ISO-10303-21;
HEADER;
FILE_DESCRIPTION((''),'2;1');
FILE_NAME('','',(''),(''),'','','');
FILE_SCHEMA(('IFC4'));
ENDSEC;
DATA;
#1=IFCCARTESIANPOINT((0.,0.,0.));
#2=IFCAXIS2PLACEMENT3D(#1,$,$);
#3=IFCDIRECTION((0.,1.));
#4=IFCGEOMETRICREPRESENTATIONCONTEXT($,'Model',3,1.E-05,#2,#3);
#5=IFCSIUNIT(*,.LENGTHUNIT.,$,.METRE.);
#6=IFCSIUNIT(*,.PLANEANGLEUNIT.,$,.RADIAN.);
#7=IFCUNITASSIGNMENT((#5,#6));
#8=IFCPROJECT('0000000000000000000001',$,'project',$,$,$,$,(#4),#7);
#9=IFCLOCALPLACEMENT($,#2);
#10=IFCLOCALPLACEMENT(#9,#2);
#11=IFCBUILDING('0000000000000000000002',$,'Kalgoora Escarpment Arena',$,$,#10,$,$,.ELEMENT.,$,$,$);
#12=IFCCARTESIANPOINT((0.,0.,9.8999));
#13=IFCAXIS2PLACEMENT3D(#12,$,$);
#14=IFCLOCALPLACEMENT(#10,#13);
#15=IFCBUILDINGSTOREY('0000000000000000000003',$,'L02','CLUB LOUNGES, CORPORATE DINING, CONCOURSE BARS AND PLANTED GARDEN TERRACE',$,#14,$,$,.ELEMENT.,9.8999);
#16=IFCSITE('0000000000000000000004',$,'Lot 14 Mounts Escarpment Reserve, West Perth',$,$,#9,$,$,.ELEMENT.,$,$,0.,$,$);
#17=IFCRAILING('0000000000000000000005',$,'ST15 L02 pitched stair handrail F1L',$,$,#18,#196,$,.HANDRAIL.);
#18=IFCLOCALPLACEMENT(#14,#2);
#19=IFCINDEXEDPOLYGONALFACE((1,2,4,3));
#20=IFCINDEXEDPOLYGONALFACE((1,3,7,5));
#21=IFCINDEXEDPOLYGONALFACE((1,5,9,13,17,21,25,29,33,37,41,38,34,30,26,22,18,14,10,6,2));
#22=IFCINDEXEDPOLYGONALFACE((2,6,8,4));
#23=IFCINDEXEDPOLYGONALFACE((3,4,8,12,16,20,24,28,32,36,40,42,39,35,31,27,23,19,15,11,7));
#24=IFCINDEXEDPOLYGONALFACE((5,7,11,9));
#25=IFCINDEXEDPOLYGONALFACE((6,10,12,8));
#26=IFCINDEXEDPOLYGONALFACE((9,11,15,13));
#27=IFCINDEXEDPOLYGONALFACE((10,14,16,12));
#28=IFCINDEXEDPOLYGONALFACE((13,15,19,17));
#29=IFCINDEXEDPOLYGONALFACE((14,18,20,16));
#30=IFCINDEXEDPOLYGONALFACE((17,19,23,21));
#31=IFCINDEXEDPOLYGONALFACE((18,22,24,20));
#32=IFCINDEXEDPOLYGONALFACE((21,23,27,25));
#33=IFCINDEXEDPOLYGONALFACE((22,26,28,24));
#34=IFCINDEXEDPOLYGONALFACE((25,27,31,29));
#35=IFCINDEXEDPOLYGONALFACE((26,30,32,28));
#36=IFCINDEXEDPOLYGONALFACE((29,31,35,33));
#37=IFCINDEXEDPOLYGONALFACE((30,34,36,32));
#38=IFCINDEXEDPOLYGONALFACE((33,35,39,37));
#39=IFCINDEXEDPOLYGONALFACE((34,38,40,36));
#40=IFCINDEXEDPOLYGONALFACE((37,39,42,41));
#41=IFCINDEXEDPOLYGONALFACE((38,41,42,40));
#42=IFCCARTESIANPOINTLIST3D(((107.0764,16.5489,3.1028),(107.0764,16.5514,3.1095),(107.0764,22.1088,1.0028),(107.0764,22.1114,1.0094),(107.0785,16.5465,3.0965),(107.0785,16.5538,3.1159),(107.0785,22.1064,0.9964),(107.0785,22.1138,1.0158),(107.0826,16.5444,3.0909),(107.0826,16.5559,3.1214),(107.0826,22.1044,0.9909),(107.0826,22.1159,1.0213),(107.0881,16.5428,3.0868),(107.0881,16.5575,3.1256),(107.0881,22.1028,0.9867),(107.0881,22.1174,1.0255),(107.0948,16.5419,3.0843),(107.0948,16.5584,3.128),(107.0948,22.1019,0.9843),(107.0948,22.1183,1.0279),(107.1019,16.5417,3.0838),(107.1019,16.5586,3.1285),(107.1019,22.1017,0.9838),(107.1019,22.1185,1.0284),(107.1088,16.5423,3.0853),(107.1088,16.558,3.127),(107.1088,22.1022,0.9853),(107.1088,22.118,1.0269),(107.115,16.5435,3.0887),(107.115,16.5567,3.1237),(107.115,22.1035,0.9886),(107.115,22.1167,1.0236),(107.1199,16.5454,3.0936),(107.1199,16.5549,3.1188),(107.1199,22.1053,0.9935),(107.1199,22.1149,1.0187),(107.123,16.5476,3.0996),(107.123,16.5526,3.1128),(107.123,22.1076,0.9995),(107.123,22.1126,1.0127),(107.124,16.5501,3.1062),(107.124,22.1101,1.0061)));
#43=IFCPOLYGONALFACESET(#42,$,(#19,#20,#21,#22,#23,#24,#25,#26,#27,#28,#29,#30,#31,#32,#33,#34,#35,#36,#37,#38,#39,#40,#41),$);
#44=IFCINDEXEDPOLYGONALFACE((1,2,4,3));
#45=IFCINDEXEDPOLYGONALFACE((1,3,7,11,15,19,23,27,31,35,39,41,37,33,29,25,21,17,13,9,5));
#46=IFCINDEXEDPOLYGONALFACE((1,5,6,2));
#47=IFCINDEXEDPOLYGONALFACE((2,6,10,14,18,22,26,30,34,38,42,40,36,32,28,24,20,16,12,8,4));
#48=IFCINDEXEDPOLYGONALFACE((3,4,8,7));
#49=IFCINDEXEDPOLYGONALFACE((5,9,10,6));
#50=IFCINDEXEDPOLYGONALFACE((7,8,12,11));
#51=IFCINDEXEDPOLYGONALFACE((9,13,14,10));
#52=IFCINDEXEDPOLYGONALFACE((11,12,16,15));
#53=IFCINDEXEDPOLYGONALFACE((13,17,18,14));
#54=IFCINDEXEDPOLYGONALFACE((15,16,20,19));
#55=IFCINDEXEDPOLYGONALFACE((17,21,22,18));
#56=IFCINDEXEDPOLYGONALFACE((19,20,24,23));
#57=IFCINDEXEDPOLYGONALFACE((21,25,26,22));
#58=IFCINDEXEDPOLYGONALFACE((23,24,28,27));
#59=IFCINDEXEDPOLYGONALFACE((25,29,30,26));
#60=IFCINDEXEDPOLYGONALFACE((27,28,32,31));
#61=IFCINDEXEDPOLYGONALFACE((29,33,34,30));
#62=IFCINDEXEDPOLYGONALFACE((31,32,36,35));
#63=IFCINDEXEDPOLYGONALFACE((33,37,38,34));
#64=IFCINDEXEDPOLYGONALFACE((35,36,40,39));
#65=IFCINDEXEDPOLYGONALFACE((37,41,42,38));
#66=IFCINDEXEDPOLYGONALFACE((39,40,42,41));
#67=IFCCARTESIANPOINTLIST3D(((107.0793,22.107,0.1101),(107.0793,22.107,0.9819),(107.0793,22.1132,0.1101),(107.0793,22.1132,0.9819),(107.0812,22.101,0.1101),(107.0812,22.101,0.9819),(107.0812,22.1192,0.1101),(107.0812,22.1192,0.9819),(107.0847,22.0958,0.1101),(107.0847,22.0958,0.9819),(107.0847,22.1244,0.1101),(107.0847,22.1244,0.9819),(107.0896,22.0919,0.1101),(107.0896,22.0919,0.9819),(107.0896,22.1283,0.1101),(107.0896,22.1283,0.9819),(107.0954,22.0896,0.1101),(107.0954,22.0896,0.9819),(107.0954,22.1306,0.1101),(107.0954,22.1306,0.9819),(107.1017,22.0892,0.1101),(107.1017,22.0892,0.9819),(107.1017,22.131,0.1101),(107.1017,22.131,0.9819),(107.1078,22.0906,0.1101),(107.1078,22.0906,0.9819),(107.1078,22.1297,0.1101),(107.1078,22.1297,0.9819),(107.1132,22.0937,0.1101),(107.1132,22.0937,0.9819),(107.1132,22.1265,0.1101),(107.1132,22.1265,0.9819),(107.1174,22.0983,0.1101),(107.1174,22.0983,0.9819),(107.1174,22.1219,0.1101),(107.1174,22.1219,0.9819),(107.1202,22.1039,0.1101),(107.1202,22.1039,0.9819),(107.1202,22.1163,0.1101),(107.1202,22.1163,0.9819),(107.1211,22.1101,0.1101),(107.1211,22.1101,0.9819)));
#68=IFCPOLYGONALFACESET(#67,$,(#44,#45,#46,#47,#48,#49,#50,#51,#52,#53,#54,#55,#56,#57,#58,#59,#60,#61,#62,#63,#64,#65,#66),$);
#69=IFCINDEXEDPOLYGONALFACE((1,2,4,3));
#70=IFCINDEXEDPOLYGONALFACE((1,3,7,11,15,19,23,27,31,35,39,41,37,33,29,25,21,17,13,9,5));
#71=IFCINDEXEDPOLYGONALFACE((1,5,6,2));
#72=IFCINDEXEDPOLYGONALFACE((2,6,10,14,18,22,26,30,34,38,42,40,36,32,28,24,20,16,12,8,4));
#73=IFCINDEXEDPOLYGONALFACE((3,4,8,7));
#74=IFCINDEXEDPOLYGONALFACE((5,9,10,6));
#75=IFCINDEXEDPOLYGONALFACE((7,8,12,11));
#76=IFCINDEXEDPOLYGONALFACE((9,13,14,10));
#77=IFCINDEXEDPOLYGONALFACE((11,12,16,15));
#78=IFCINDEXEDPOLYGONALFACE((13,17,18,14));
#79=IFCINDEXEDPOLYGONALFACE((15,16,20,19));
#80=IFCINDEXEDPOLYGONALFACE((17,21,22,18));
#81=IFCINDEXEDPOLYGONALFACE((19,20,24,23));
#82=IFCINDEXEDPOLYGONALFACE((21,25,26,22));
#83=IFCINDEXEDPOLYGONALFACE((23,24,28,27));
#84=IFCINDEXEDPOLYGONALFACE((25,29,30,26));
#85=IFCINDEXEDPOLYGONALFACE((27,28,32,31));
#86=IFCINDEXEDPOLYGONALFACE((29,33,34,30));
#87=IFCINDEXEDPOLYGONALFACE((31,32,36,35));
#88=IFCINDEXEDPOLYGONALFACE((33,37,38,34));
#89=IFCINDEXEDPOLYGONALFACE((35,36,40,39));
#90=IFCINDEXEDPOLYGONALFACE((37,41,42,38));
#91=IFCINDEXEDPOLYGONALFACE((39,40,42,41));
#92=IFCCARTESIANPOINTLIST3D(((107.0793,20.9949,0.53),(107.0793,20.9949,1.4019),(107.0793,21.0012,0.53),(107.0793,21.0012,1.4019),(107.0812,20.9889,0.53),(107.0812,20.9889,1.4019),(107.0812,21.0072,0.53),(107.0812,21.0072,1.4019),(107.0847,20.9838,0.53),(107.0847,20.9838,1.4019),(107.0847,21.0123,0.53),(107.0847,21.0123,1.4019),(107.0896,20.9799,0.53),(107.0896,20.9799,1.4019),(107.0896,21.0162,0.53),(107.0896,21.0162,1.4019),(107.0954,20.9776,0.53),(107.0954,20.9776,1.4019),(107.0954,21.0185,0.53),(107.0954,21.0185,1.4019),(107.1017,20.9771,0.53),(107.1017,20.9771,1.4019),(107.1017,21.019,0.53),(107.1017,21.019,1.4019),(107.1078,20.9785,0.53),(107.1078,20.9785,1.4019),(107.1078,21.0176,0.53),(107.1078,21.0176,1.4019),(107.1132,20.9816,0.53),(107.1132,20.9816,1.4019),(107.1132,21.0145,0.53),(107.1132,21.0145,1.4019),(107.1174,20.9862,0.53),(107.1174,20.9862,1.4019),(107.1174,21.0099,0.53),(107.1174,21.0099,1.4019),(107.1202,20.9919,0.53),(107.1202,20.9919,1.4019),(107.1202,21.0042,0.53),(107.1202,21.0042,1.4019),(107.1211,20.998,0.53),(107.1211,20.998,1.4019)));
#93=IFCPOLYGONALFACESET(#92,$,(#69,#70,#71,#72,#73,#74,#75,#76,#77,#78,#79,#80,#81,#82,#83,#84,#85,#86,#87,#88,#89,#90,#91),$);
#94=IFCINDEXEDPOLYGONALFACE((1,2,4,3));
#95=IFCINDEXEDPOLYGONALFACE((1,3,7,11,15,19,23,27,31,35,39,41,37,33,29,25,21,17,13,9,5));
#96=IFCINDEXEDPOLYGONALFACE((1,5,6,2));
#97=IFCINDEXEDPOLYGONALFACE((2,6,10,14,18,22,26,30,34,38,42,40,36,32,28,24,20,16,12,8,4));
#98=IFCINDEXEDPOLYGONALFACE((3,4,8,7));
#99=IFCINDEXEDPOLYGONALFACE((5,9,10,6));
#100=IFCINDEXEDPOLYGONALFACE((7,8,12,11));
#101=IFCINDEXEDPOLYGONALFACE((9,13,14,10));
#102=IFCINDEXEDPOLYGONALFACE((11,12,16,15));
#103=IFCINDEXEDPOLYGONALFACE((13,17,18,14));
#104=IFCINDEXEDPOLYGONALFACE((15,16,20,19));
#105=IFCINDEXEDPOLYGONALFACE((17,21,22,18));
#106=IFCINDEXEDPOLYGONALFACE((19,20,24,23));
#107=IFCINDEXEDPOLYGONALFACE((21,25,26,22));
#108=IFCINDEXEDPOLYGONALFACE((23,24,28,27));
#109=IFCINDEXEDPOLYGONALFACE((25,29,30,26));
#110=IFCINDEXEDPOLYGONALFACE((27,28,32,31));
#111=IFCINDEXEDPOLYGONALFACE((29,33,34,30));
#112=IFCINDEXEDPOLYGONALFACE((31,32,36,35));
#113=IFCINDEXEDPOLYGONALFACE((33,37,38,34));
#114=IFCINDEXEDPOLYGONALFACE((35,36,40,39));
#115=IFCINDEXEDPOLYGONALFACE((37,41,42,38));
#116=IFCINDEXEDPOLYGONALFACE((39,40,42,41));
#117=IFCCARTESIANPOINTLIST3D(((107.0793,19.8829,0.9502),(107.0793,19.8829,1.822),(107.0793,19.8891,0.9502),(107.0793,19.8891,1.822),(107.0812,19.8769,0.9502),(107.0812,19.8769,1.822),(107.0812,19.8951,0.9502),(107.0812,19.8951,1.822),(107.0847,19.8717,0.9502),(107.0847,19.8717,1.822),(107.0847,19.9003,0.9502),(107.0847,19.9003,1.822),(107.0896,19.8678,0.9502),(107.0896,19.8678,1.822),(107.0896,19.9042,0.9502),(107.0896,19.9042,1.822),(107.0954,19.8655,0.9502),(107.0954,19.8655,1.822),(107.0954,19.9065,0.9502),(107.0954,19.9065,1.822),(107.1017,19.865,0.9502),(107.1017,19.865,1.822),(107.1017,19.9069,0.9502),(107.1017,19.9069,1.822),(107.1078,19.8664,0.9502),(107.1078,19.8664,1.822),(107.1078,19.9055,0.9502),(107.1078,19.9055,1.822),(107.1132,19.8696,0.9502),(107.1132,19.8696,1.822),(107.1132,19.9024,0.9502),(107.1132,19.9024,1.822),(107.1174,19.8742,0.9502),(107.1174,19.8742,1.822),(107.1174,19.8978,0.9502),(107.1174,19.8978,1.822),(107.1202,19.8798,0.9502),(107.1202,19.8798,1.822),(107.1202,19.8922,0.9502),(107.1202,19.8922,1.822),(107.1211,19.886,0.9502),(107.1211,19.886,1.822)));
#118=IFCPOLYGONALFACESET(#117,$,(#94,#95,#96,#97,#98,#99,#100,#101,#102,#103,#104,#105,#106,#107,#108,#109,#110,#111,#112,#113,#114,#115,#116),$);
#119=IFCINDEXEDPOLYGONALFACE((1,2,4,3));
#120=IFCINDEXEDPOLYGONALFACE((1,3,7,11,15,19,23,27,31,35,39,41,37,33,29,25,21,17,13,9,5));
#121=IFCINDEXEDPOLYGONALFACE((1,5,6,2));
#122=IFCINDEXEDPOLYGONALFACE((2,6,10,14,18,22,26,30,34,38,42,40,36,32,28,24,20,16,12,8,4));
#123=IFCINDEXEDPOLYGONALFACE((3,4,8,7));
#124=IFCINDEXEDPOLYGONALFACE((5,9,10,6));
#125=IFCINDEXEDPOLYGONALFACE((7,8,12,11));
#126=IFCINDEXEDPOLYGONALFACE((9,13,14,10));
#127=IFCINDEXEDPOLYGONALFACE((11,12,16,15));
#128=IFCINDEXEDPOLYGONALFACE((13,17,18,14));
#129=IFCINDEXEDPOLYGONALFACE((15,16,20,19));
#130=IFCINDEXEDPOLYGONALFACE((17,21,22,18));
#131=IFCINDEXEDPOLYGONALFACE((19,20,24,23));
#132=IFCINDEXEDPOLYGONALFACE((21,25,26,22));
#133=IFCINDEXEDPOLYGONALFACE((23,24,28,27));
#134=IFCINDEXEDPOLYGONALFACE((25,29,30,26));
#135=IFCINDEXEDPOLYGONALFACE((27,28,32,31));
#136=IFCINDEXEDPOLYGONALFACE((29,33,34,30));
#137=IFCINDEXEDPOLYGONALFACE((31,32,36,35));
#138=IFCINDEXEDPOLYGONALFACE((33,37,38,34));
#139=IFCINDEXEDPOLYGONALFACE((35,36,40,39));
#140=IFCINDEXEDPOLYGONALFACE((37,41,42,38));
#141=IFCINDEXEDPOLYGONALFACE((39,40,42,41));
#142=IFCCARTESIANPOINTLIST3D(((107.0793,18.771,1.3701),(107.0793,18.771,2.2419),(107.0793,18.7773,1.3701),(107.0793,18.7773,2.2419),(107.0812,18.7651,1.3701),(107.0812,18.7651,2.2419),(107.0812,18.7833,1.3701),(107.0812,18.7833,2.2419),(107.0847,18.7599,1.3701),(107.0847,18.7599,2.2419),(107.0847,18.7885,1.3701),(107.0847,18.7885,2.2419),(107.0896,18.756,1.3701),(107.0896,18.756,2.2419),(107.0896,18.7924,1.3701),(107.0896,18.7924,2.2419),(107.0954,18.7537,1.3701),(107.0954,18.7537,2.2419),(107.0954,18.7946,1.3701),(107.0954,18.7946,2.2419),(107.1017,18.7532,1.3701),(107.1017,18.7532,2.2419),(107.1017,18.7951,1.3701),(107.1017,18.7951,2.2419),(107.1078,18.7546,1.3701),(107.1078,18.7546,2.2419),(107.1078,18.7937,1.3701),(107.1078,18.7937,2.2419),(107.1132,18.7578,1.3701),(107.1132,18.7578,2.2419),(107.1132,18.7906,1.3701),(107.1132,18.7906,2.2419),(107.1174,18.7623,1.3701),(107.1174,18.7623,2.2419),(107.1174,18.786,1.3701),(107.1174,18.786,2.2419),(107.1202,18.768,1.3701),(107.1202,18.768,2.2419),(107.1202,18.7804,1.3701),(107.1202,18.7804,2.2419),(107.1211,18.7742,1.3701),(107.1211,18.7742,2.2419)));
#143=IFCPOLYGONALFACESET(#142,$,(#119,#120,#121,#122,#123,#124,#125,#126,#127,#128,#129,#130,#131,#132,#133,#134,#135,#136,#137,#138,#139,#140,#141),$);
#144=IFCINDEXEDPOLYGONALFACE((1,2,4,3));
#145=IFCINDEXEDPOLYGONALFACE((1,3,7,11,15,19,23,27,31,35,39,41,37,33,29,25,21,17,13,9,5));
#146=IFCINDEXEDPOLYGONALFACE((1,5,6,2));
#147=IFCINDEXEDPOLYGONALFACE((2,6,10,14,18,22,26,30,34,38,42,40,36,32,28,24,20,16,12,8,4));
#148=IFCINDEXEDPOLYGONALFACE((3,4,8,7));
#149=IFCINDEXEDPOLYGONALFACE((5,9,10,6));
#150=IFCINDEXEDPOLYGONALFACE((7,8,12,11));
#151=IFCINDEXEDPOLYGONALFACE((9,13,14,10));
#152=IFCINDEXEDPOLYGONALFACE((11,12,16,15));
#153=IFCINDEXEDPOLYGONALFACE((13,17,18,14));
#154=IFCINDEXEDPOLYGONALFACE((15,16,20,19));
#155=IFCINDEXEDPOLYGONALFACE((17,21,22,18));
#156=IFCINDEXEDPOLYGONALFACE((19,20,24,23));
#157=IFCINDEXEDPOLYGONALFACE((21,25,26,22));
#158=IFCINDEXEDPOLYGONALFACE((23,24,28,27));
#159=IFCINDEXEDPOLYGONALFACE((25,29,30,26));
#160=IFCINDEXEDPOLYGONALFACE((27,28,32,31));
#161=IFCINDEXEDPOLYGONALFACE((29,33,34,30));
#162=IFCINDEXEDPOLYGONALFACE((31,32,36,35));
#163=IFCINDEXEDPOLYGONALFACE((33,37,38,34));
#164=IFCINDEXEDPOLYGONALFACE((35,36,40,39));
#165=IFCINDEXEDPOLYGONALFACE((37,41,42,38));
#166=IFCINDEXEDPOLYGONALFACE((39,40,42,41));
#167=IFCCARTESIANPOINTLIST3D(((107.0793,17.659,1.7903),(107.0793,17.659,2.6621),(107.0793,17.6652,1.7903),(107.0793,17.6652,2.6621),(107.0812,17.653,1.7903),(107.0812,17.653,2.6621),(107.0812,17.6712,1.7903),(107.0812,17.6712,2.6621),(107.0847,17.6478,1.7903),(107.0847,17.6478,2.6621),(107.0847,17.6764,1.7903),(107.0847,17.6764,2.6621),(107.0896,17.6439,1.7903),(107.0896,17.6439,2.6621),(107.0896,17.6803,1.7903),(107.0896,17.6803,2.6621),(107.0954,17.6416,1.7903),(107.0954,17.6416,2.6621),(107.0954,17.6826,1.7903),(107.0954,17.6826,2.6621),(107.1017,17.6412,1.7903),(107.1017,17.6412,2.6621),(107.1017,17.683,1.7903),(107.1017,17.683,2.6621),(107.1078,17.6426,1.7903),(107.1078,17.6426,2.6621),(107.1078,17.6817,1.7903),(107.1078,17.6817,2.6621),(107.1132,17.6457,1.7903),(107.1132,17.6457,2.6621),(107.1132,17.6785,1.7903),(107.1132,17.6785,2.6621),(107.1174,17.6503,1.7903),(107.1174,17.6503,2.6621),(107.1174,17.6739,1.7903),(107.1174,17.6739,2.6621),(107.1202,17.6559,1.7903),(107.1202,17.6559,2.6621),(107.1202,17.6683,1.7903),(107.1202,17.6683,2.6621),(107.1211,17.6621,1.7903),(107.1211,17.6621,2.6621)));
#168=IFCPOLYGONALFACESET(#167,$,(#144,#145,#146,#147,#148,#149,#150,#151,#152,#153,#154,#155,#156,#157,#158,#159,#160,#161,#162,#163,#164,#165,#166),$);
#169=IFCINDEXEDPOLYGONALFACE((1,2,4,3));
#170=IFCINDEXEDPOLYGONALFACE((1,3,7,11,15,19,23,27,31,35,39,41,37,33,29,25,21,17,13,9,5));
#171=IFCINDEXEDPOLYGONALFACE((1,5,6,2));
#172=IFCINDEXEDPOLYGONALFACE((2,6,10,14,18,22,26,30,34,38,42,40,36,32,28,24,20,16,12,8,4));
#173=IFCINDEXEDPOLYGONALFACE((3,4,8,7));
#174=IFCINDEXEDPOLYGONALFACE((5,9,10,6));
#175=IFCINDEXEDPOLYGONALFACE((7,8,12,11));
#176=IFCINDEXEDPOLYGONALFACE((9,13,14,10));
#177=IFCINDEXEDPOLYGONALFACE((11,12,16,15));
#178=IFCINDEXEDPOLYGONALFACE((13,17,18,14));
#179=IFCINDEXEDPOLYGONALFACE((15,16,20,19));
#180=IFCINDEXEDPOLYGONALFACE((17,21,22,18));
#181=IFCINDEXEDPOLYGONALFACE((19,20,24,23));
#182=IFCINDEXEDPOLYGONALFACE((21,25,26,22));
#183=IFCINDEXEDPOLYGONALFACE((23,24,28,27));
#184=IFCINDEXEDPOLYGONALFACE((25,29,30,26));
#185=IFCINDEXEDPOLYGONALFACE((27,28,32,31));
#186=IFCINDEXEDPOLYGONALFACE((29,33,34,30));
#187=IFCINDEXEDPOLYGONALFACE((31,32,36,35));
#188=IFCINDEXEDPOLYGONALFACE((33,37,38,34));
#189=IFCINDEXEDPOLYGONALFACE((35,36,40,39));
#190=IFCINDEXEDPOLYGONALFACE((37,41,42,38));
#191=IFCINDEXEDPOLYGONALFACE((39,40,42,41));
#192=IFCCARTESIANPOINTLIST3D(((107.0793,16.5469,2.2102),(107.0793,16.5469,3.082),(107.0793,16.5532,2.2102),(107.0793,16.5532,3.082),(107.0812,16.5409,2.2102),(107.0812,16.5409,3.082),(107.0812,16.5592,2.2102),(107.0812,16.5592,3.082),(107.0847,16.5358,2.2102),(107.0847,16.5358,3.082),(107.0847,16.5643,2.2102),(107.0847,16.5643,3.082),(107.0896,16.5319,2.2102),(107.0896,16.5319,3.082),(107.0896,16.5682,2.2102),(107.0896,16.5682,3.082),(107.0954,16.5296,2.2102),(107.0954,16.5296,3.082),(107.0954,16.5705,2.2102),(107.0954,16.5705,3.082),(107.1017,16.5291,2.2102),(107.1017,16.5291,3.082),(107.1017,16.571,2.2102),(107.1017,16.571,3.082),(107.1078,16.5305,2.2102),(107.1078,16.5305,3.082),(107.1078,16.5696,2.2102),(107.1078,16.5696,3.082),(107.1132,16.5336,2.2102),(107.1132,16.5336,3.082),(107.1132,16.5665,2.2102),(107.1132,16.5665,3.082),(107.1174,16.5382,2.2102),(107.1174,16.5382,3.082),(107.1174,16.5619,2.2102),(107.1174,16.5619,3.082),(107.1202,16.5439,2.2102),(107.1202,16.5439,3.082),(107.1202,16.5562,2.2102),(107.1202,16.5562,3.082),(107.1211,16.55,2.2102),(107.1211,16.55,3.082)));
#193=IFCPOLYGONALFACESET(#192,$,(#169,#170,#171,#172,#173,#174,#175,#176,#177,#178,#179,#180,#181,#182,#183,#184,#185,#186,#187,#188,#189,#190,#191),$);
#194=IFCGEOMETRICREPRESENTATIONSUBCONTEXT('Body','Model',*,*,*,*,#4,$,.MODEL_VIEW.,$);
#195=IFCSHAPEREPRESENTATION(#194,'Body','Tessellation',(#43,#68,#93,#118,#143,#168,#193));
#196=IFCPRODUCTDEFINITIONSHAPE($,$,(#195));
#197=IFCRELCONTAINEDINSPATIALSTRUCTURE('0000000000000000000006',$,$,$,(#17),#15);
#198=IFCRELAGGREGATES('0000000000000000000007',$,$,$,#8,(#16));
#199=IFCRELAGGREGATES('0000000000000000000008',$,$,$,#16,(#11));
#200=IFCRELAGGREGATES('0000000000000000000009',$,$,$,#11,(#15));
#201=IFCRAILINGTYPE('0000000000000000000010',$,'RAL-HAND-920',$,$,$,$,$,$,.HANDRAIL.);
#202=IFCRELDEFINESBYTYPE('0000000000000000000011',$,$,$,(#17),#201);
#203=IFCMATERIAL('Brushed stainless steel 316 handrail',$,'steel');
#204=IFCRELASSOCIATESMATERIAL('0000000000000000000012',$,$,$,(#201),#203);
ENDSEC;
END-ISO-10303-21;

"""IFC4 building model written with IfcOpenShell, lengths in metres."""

from ifc_helpers import new_model, si_unit, direction, frame, origin, origin_2d, place, context, subcontext, project, spatial, circle, extrude, material, type_object, element, save


model = new_model("IFC4")

# Units and contexts
model_context = context("Model", 3, precision=1e-05, world=origin(), true_north=direction((0.0, 1.0)))
body_context = subcontext(model_context, "Body", "Model", "MODEL_VIEW")
ifc_project = project(units=[si_unit("LENGTHUNIT", "METRE"), si_unit("PLANEANGLEUNIT", "RADIAN")], contexts=[model_context])

# Site, building, storey
site_placement = place(None, origin())
site = spatial("IfcSite", under=ifc_project, at=site_placement, Name="Lot 14 Mounts Escarpment Reserve, West Perth", CompositionType="ELEMENT", RefElevation=0.0)
building_placement = place(site_placement, origin())
building = spatial("IfcBuilding", under=site, at=building_placement, Name="Kalgoora Escarpment Arena", CompositionType="ELEMENT")
storey_placement = place(building_placement, frame((0.0, 0.0, 9.8999)))
storey = spatial("IfcBuildingStorey", under=building, at=storey_placement, Name="L02", Description="CLUB LOUNGES, CORPORATE DINING, CONCOURSE BARS AND PLANTED GARDEN TERRACE", CompositionType="ELEMENT", Elevation=9.8999)

# Railing
ifc_material_1 = material(Name="Brushed stainless steel 316 handrail", Category="steel")
railing_type_1 = type_object("IfcRailingType", Name="RAL-HAND-920", PredefinedType="HANDRAIL", material=ifc_material_1)
railing_1_placement = place(storey_placement, frame((107.1001, 22.1101, 0.1101)))
element("IfcRailing", 1, at=railing_1_placement, inside=storey, type_object=railing_type_1, Name="ST15 L02 pitched stair handrail F1L", PredefinedType="HANDRAIL", context=body_context, shape_type="SweptSolid", body=[
    extrude(circle(Radius=0.0239, at=origin_2d()), frame((0.0, 0.0, 0.896), z_axis=(0.0, -0.935493, 0.353346), x_axis=(1.0, 0.0, 0.0)), (0.0, 0.0, 1.0), 5.9434),
    extrude(circle(Radius=0.021, at=origin_2d()), origin(), (0.0, 0.0, 1.0), 0.8718),
    extrude(circle(Radius=0.021, at=origin_2d()), frame((0.0, -1.1121, 0.4199)), (0.0, 0.0, 1.0), 0.8718),
    extrude(circle(Radius=0.021, at=origin_2d()), frame((0.0, -2.2241, 0.8401)), (0.0, 0.0, 1.0), 0.8718),
    extrude(circle(Radius=0.021, at=origin_2d()), frame((0.0, -3.3359, 1.26)), (0.0, 0.0, 1.0), 0.8718),
    extrude(circle(Radius=0.021, at=origin_2d()), frame((0.0, -4.448, 1.6802)), (0.0, 0.0, 1.0), 0.8718),
    extrude(circle(Radius=0.021, at=origin_2d()), frame((0.0, -5.5601, 2.1001)), (0.0, 0.0, 1.0), 0.8718),
])

save(model, "model.ifc")
